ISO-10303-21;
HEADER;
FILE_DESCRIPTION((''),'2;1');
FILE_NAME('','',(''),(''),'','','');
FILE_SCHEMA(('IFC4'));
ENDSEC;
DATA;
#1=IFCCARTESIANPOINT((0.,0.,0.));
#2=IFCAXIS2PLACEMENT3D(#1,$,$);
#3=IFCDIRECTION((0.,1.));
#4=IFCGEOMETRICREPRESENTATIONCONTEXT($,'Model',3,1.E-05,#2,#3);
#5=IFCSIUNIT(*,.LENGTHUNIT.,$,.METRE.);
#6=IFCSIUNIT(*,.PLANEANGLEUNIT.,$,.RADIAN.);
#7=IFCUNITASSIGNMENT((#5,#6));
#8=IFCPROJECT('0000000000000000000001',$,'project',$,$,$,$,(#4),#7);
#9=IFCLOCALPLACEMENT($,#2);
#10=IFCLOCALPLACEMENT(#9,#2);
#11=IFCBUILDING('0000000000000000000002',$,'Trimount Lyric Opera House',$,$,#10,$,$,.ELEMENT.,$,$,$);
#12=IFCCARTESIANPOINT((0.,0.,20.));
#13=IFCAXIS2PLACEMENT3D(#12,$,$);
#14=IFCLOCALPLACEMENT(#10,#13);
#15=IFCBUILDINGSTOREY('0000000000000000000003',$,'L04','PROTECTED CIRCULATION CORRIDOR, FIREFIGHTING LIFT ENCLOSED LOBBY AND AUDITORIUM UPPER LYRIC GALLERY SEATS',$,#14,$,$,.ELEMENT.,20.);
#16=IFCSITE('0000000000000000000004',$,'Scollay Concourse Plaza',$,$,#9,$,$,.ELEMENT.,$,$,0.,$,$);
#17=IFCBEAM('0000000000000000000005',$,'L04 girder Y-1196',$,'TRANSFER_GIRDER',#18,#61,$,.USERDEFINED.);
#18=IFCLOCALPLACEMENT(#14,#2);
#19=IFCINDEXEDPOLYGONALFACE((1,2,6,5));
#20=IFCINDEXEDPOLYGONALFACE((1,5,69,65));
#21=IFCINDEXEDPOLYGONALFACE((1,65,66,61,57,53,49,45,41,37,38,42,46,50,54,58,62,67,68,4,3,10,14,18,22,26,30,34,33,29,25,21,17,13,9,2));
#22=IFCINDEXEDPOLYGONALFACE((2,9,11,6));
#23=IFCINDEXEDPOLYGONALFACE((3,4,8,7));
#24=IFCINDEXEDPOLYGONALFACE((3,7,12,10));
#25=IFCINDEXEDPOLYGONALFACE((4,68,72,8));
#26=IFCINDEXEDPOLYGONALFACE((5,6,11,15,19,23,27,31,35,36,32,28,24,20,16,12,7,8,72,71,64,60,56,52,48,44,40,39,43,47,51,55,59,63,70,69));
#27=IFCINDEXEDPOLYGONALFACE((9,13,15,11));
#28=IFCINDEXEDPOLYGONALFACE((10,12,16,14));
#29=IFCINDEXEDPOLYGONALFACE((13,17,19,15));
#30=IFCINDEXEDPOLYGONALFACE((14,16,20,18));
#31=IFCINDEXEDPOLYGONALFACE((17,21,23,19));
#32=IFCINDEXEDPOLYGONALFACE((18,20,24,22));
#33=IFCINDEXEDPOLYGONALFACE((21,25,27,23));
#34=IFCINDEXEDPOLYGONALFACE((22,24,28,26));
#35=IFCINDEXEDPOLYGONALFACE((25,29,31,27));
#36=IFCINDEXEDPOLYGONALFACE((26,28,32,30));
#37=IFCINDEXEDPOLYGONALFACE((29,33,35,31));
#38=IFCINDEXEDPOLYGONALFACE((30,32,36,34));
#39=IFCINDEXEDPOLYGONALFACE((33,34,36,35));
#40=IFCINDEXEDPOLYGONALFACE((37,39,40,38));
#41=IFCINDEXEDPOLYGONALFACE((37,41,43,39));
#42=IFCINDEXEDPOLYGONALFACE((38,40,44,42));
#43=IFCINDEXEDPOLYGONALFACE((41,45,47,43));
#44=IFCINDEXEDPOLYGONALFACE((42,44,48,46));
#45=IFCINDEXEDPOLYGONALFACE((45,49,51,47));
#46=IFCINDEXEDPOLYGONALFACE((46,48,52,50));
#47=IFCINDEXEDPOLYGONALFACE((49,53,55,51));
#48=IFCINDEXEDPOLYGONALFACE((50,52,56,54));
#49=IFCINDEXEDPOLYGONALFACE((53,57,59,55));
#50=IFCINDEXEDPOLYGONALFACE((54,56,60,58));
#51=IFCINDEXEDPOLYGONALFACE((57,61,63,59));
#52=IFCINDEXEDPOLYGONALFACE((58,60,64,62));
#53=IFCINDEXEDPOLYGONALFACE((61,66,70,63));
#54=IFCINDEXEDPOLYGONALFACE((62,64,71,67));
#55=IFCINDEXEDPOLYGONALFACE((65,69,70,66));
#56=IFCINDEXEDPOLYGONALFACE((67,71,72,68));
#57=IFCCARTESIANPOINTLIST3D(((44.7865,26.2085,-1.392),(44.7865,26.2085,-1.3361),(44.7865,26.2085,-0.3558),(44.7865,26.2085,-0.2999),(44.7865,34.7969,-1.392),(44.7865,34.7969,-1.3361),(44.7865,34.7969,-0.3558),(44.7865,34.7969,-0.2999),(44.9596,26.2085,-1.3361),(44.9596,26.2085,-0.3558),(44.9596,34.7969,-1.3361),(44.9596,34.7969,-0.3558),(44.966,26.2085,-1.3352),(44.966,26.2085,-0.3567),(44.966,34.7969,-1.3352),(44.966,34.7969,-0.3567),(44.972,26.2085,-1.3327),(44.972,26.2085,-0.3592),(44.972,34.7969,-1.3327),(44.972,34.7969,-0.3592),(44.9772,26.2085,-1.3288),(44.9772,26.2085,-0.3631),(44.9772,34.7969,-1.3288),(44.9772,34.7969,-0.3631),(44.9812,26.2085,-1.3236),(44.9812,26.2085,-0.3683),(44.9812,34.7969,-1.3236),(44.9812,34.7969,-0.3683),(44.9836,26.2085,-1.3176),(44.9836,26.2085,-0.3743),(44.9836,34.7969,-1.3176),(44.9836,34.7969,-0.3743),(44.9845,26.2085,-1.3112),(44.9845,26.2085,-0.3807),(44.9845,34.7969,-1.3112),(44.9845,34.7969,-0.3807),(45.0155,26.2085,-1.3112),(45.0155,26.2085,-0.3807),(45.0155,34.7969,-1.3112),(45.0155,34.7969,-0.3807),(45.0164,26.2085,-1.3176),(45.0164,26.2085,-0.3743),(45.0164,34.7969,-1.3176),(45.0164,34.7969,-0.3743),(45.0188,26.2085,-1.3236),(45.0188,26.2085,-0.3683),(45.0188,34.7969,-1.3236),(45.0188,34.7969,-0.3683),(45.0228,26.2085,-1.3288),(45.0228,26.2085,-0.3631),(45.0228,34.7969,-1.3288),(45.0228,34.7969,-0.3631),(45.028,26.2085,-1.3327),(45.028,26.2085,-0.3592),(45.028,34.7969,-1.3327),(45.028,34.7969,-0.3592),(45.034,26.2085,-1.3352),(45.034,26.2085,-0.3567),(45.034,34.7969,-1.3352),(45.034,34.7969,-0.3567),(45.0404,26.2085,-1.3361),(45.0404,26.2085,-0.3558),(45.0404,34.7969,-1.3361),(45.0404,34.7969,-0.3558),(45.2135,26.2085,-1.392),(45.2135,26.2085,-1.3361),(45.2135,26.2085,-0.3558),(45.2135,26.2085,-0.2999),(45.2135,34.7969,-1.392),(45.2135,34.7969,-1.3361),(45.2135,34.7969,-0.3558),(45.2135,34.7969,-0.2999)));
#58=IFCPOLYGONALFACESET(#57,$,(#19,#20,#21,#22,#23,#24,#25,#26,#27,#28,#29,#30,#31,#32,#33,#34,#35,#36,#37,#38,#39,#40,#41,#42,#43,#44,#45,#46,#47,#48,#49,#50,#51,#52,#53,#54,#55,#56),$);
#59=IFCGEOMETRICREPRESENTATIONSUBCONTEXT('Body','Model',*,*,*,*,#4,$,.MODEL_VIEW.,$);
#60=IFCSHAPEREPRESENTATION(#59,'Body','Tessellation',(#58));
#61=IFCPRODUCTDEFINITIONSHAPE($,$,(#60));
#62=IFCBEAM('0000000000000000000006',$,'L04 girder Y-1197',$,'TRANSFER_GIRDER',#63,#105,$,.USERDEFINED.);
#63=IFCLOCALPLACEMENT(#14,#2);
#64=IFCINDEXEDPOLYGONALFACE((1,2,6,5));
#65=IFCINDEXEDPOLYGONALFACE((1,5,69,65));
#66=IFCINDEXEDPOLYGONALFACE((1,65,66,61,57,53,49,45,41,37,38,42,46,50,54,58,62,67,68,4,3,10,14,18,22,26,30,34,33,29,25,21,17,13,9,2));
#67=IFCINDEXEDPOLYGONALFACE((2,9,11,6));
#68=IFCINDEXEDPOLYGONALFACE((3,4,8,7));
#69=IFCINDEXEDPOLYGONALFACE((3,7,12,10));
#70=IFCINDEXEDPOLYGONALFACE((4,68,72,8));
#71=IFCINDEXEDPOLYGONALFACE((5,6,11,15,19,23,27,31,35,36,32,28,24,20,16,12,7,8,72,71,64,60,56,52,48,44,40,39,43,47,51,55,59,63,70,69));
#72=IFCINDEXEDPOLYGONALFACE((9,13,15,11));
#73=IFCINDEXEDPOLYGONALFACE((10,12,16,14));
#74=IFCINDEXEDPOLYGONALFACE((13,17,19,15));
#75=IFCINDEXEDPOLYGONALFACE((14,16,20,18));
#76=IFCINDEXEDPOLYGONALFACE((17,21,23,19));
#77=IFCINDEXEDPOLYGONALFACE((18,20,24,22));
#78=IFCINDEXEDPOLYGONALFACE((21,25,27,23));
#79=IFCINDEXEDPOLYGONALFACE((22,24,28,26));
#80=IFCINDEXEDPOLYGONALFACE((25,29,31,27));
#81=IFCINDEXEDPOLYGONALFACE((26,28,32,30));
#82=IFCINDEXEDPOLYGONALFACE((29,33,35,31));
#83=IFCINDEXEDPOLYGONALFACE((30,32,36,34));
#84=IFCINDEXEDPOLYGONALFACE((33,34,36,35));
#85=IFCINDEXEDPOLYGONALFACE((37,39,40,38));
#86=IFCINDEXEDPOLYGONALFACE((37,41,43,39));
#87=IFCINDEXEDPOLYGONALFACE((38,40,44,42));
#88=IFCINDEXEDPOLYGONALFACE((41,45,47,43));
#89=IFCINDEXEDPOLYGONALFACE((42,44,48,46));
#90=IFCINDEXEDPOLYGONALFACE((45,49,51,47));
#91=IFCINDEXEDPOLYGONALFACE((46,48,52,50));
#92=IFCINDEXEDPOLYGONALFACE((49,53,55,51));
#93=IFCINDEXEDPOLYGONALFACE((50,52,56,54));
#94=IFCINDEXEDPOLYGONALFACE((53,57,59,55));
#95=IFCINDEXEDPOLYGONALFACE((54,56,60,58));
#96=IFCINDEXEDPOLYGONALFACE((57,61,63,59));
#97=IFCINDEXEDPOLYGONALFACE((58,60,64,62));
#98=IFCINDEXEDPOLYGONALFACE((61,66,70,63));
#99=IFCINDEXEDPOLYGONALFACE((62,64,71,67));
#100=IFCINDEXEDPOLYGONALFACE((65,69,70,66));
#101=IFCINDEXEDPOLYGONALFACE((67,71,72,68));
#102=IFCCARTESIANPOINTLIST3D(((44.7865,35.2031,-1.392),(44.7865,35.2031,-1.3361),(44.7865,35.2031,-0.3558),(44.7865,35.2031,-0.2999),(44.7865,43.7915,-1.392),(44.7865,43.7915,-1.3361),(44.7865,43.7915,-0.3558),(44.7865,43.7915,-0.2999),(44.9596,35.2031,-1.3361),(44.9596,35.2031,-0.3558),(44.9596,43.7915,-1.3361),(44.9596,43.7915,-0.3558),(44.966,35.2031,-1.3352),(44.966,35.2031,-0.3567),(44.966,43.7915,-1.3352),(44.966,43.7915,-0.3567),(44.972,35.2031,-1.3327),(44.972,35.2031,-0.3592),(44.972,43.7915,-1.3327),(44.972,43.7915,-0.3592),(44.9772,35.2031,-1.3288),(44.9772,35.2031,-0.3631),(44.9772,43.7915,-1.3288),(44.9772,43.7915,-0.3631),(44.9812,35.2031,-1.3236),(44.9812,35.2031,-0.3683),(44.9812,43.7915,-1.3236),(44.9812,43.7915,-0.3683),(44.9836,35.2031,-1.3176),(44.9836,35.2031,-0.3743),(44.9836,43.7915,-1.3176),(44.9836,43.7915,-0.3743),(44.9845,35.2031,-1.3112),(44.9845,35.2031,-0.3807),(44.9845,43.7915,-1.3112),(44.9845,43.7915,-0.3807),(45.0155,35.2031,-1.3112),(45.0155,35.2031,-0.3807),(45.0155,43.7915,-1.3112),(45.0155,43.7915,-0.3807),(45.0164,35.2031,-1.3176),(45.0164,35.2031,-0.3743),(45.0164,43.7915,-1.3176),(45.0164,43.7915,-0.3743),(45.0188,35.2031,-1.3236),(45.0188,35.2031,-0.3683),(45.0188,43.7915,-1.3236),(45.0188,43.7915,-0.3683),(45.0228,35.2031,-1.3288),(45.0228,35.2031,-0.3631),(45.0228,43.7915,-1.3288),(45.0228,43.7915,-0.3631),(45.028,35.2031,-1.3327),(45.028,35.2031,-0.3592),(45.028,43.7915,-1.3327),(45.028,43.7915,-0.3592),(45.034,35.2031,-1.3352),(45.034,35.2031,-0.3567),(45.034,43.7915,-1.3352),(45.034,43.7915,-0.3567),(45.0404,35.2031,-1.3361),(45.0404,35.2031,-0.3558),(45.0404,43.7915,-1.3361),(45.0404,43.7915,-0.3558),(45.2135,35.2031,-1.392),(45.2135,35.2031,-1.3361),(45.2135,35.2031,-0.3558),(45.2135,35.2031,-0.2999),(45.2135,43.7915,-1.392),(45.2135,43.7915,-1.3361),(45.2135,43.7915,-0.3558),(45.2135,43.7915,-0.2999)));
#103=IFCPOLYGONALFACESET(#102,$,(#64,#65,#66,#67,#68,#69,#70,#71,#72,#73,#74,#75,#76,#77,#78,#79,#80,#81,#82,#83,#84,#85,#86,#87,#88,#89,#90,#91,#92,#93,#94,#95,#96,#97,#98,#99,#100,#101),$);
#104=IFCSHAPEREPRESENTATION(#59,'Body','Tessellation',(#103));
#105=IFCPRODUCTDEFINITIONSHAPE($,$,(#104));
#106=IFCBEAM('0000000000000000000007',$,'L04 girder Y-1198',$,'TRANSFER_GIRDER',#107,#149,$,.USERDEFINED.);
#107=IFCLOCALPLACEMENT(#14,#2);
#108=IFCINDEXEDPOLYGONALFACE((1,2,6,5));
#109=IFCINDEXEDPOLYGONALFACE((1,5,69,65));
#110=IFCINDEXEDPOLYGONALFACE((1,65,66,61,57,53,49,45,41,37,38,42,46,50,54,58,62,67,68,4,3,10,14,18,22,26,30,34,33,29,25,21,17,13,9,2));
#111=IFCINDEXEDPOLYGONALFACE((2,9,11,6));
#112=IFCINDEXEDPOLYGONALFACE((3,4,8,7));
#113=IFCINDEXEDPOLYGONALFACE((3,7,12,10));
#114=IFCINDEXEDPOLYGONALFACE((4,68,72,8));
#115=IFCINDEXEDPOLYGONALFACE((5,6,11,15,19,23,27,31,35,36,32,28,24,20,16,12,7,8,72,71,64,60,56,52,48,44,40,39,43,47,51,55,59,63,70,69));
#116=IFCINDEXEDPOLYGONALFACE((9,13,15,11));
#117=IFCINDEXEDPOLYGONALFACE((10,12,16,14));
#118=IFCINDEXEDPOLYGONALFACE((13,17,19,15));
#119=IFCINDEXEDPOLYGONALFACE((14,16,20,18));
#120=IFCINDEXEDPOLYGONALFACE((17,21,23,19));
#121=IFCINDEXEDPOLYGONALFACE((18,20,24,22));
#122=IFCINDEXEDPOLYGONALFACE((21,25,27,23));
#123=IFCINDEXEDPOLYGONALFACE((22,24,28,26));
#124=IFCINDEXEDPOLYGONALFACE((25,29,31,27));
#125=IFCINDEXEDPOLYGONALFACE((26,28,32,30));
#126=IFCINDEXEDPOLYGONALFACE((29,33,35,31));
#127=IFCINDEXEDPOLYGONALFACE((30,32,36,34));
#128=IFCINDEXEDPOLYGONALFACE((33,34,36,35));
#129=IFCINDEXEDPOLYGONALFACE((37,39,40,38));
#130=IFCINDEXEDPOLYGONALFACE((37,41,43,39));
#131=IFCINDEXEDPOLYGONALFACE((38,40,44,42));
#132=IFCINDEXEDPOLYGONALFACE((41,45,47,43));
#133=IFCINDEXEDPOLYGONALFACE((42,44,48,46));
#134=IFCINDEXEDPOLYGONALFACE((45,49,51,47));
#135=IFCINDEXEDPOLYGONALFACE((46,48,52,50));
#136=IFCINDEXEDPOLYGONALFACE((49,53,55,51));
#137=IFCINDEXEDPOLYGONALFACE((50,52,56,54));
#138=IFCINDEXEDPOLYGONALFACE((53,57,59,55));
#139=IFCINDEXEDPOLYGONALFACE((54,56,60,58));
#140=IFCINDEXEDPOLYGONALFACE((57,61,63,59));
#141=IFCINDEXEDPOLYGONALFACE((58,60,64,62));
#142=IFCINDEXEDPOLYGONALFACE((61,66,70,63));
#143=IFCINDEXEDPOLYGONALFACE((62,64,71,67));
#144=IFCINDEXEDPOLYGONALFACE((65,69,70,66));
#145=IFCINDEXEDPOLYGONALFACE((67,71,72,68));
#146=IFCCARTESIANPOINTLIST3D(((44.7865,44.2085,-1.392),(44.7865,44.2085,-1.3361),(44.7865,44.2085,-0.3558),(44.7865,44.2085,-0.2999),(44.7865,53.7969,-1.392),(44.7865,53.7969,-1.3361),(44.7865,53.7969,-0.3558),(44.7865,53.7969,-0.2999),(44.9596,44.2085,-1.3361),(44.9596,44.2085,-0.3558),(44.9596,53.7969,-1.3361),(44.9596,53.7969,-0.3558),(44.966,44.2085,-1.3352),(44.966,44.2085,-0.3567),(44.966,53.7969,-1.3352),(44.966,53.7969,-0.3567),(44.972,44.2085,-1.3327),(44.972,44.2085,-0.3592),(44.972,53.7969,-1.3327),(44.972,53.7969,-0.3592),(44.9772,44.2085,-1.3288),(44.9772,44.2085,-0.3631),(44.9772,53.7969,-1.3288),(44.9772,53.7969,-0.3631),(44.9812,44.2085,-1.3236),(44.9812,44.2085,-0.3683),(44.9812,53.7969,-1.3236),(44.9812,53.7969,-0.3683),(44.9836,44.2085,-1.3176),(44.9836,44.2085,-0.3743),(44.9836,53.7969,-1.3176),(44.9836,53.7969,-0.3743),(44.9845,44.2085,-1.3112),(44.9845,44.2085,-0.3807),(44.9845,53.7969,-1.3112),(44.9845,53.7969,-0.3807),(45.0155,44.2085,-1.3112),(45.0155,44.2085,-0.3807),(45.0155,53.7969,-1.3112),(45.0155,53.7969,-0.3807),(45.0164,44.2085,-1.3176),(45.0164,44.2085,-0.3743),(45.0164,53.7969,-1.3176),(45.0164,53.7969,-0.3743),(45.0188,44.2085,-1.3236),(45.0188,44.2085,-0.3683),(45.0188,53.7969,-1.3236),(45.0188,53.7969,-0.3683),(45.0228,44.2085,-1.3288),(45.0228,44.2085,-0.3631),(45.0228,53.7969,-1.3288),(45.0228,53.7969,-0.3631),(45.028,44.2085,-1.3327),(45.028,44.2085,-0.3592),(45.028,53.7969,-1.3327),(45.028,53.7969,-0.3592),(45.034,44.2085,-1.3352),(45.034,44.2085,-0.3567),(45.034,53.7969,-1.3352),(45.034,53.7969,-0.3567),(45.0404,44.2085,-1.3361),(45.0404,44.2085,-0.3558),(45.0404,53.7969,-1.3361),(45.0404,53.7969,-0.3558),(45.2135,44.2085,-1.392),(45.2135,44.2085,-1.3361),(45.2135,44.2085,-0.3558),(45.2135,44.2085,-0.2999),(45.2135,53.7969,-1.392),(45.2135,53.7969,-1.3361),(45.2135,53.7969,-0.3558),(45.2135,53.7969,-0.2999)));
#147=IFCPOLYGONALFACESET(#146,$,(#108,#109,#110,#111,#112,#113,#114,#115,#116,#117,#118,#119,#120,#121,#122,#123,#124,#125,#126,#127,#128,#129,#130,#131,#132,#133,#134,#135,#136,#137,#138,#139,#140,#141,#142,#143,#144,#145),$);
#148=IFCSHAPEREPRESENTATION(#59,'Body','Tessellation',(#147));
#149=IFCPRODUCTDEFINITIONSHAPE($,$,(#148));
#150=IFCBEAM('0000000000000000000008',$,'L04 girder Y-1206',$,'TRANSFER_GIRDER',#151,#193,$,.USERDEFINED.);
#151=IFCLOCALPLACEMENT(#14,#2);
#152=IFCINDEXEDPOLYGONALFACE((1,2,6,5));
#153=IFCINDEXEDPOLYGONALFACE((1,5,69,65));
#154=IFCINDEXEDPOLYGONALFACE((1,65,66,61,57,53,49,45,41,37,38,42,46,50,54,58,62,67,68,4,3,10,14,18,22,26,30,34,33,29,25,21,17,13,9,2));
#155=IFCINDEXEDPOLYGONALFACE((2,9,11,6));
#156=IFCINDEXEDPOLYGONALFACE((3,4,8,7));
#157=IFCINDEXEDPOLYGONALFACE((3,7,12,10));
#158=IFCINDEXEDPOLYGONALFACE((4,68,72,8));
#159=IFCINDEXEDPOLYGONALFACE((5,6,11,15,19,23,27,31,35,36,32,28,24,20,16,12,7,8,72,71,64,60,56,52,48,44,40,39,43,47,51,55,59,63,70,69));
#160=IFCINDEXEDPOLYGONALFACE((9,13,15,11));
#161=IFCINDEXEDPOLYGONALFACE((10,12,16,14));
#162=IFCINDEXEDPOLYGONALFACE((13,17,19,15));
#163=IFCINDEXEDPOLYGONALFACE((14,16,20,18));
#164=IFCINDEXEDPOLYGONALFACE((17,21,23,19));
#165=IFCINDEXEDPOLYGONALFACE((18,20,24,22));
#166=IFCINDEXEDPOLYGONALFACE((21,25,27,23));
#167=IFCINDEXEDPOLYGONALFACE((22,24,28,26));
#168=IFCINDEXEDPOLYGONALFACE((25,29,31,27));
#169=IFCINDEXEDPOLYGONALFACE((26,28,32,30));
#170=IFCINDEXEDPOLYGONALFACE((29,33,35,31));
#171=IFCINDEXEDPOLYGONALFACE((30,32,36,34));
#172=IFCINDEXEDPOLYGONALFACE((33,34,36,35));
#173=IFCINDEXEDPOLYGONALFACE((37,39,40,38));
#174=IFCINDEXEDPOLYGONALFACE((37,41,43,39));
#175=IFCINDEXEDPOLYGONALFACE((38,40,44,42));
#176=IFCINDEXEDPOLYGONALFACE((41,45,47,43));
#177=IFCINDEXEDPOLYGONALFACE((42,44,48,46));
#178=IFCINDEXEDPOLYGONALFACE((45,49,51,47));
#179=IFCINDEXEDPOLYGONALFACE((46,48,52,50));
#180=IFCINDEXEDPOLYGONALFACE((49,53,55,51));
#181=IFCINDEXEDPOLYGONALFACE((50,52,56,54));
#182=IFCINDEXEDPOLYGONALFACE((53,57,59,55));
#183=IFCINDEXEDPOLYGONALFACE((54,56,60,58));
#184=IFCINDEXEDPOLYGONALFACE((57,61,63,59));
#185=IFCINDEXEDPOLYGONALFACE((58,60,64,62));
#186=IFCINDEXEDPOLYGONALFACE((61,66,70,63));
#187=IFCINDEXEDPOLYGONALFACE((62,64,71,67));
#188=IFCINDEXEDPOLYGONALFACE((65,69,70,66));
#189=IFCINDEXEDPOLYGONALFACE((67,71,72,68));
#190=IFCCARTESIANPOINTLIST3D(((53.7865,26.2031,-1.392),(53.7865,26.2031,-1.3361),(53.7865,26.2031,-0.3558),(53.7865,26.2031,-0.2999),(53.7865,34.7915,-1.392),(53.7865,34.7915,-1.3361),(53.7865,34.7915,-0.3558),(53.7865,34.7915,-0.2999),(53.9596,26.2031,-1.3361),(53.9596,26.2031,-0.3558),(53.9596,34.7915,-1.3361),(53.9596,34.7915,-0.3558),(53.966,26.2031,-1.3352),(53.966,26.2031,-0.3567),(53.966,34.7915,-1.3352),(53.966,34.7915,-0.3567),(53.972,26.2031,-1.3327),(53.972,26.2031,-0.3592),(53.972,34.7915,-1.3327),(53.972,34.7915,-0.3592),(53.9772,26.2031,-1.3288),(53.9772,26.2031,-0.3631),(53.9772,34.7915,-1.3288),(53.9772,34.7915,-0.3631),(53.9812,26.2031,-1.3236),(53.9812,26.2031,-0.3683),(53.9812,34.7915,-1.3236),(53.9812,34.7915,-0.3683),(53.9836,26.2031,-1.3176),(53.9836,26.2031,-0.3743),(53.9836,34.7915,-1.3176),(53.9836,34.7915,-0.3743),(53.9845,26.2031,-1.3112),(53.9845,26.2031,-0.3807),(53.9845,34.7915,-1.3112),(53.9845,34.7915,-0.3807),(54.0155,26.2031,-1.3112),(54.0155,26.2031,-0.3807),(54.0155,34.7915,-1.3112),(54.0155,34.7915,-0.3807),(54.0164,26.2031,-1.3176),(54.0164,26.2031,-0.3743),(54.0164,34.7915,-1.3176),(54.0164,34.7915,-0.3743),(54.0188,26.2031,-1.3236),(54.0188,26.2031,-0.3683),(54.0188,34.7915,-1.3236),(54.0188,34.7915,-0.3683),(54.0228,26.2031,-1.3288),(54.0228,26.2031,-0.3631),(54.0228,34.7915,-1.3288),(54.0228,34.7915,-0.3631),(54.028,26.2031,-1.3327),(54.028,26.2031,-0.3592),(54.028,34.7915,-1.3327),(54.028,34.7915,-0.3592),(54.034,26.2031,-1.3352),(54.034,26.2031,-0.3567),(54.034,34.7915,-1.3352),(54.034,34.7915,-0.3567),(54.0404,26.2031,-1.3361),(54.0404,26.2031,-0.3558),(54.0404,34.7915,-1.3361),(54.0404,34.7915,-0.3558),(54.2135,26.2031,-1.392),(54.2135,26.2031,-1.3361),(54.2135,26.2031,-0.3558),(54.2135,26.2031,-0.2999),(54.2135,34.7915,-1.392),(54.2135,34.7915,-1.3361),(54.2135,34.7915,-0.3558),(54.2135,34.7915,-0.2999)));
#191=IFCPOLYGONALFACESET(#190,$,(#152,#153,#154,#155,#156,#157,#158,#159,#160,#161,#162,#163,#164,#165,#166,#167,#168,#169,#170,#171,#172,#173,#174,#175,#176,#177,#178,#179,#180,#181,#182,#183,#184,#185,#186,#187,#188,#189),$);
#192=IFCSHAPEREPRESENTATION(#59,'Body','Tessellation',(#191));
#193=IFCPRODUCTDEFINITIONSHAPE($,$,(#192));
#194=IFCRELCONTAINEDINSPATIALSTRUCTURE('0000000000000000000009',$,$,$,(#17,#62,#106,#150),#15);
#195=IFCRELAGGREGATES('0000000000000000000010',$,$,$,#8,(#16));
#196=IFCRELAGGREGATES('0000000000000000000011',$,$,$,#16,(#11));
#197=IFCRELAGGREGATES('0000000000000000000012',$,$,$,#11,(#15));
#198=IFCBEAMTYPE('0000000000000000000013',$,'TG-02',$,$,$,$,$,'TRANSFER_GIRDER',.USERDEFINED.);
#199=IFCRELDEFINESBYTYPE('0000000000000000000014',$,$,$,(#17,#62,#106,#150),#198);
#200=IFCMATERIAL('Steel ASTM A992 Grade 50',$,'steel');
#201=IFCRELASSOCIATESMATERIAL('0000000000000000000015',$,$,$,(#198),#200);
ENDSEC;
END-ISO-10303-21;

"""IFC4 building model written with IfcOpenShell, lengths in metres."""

from ifc_helpers import new_model, si_unit, direction, frame, origin, origin_2d, place, context, subcontext, project, spatial, i_section, extrude, material, material_profile, profile_set, type_object, element, save


model = new_model("IFC4")

# Units and contexts
model_context = context("Model", 3, precision=1e-05, world=origin(), true_north=direction((0.0, 1.0)))
body_context = subcontext(model_context, "Body", "Model", "MODEL_VIEW")
ifc_project = project(units=[si_unit("LENGTHUNIT", "METRE"), si_unit("PLANEANGLEUNIT", "RADIAN")], contexts=[model_context])

# Site, building, storey
site_placement = place(None, origin())
site = spatial("IfcSite", under=ifc_project, at=site_placement, Name="Scollay Concourse Plaza", CompositionType="ELEMENT", RefElevation=0.0)
building_placement = place(site_placement, origin())
building = spatial("IfcBuilding", under=site, at=building_placement, Name="Trimount Lyric Opera House", CompositionType="ELEMENT")
storey_placement = place(building_placement, frame((0.0, 0.0, 20.0)))
storey = spatial("IfcBuildingStorey", under=building, at=storey_placement, Name="L04", Description="PROTECTED CIRCULATION CORRIDOR, FIREFIGHTING LIFT ENCLOSED LOBBY AND AUDITORIUM UPPER LYRIC GALLERY SEATS", CompositionType="ELEMENT", Elevation=20.0)

# Beams
ifc_material_1 = material(Name="Steel ASTM A992 Grade 50", Category="steel")
ifc_material_profile_1 = material_profile(ifc_material_1, i_section(OverallWidth=0.427, OverallDepth=1.092, WebThickness=0.031, FlangeThickness=0.0559, FilletRadius=0.0249, at=origin_2d()), Name="W40X397")
ifc_profile_set_1 = profile_set([ifc_material_profile_1], Name="Steel ASTM A992 Grade 50")
beam_type_1 = type_object("IfcBeamType", Name="TG-02", ElementType="TRANSFER_GIRDER", PredefinedType="USERDEFINED", material=ifc_profile_set_1)
for number, where, z_axis, x_axis, name in (
    (1, (45.0, 26.2085, -0.8459), (0.0, 1.0, 0.0), (-1.0, 0.0, 0.0), "L04 girder Y-1196"),
    (2, (45.0, 35.2031, -0.8459), (0.0, 1.0, 0.0), (-1.0, 0.0, 0.0), "L04 girder Y-1197"),
):
    element("IfcBeam", number, at=place(storey_placement, frame(where, z_axis=z_axis, x_axis=x_axis)), inside=storey, type_object=beam_type_1, Name=name, ObjectType="TRANSFER_GIRDER", PredefinedType="USERDEFINED", context=body_context, shape_type="SweptSolid", body=[
        extrude(i_section(OverallWidth=0.427, OverallDepth=1.092, WebThickness=0.031, FlangeThickness=0.0559, FilletRadius=0.0249, at=origin_2d()), origin(), (0.0, 0.0, 1.0), 8.5884),
    ])
beam_1_placement = place(storey_placement, frame((45.0, 44.2085, -0.8459), z_axis=(0.0, 1.0, 0.0), x_axis=(-1.0, 0.0, 0.0)))
element("IfcBeam", 3, at=beam_1_placement, inside=storey, type_object=beam_type_1, Name="L04 girder Y-1198", ObjectType="TRANSFER_GIRDER", PredefinedType="USERDEFINED", context=body_context, shape_type="SweptSolid", body=[
    extrude(i_section(OverallWidth=0.427, OverallDepth=1.092, WebThickness=0.031, FlangeThickness=0.0559, FilletRadius=0.0249, at=origin_2d()), origin(), (0.0, 0.0, 1.0), 9.5884),
])
for number, where, z_axis, x_axis, name in (
    (4, (54.0, 26.2031, -0.8459), (0.0, 1.0, 0.0), (-1.0, 0.0, 0.0), "L04 girder Y-1206"),
):
    element("IfcBeam", number, at=place(storey_placement, frame(where, z_axis=z_axis, x_axis=x_axis)), inside=storey, type_object=beam_type_1, Name=name, ObjectType="TRANSFER_GIRDER", PredefinedType="USERDEFINED", context=body_context, shape_type="SweptSolid", body=[
        extrude(i_section(OverallWidth=0.427, OverallDepth=1.092, WebThickness=0.031, FlangeThickness=0.0559, FilletRadius=0.0249, at=origin_2d()), origin(), (0.0, 0.0, 1.0), 8.5884),
    ])

save(model, "model.ifc")
